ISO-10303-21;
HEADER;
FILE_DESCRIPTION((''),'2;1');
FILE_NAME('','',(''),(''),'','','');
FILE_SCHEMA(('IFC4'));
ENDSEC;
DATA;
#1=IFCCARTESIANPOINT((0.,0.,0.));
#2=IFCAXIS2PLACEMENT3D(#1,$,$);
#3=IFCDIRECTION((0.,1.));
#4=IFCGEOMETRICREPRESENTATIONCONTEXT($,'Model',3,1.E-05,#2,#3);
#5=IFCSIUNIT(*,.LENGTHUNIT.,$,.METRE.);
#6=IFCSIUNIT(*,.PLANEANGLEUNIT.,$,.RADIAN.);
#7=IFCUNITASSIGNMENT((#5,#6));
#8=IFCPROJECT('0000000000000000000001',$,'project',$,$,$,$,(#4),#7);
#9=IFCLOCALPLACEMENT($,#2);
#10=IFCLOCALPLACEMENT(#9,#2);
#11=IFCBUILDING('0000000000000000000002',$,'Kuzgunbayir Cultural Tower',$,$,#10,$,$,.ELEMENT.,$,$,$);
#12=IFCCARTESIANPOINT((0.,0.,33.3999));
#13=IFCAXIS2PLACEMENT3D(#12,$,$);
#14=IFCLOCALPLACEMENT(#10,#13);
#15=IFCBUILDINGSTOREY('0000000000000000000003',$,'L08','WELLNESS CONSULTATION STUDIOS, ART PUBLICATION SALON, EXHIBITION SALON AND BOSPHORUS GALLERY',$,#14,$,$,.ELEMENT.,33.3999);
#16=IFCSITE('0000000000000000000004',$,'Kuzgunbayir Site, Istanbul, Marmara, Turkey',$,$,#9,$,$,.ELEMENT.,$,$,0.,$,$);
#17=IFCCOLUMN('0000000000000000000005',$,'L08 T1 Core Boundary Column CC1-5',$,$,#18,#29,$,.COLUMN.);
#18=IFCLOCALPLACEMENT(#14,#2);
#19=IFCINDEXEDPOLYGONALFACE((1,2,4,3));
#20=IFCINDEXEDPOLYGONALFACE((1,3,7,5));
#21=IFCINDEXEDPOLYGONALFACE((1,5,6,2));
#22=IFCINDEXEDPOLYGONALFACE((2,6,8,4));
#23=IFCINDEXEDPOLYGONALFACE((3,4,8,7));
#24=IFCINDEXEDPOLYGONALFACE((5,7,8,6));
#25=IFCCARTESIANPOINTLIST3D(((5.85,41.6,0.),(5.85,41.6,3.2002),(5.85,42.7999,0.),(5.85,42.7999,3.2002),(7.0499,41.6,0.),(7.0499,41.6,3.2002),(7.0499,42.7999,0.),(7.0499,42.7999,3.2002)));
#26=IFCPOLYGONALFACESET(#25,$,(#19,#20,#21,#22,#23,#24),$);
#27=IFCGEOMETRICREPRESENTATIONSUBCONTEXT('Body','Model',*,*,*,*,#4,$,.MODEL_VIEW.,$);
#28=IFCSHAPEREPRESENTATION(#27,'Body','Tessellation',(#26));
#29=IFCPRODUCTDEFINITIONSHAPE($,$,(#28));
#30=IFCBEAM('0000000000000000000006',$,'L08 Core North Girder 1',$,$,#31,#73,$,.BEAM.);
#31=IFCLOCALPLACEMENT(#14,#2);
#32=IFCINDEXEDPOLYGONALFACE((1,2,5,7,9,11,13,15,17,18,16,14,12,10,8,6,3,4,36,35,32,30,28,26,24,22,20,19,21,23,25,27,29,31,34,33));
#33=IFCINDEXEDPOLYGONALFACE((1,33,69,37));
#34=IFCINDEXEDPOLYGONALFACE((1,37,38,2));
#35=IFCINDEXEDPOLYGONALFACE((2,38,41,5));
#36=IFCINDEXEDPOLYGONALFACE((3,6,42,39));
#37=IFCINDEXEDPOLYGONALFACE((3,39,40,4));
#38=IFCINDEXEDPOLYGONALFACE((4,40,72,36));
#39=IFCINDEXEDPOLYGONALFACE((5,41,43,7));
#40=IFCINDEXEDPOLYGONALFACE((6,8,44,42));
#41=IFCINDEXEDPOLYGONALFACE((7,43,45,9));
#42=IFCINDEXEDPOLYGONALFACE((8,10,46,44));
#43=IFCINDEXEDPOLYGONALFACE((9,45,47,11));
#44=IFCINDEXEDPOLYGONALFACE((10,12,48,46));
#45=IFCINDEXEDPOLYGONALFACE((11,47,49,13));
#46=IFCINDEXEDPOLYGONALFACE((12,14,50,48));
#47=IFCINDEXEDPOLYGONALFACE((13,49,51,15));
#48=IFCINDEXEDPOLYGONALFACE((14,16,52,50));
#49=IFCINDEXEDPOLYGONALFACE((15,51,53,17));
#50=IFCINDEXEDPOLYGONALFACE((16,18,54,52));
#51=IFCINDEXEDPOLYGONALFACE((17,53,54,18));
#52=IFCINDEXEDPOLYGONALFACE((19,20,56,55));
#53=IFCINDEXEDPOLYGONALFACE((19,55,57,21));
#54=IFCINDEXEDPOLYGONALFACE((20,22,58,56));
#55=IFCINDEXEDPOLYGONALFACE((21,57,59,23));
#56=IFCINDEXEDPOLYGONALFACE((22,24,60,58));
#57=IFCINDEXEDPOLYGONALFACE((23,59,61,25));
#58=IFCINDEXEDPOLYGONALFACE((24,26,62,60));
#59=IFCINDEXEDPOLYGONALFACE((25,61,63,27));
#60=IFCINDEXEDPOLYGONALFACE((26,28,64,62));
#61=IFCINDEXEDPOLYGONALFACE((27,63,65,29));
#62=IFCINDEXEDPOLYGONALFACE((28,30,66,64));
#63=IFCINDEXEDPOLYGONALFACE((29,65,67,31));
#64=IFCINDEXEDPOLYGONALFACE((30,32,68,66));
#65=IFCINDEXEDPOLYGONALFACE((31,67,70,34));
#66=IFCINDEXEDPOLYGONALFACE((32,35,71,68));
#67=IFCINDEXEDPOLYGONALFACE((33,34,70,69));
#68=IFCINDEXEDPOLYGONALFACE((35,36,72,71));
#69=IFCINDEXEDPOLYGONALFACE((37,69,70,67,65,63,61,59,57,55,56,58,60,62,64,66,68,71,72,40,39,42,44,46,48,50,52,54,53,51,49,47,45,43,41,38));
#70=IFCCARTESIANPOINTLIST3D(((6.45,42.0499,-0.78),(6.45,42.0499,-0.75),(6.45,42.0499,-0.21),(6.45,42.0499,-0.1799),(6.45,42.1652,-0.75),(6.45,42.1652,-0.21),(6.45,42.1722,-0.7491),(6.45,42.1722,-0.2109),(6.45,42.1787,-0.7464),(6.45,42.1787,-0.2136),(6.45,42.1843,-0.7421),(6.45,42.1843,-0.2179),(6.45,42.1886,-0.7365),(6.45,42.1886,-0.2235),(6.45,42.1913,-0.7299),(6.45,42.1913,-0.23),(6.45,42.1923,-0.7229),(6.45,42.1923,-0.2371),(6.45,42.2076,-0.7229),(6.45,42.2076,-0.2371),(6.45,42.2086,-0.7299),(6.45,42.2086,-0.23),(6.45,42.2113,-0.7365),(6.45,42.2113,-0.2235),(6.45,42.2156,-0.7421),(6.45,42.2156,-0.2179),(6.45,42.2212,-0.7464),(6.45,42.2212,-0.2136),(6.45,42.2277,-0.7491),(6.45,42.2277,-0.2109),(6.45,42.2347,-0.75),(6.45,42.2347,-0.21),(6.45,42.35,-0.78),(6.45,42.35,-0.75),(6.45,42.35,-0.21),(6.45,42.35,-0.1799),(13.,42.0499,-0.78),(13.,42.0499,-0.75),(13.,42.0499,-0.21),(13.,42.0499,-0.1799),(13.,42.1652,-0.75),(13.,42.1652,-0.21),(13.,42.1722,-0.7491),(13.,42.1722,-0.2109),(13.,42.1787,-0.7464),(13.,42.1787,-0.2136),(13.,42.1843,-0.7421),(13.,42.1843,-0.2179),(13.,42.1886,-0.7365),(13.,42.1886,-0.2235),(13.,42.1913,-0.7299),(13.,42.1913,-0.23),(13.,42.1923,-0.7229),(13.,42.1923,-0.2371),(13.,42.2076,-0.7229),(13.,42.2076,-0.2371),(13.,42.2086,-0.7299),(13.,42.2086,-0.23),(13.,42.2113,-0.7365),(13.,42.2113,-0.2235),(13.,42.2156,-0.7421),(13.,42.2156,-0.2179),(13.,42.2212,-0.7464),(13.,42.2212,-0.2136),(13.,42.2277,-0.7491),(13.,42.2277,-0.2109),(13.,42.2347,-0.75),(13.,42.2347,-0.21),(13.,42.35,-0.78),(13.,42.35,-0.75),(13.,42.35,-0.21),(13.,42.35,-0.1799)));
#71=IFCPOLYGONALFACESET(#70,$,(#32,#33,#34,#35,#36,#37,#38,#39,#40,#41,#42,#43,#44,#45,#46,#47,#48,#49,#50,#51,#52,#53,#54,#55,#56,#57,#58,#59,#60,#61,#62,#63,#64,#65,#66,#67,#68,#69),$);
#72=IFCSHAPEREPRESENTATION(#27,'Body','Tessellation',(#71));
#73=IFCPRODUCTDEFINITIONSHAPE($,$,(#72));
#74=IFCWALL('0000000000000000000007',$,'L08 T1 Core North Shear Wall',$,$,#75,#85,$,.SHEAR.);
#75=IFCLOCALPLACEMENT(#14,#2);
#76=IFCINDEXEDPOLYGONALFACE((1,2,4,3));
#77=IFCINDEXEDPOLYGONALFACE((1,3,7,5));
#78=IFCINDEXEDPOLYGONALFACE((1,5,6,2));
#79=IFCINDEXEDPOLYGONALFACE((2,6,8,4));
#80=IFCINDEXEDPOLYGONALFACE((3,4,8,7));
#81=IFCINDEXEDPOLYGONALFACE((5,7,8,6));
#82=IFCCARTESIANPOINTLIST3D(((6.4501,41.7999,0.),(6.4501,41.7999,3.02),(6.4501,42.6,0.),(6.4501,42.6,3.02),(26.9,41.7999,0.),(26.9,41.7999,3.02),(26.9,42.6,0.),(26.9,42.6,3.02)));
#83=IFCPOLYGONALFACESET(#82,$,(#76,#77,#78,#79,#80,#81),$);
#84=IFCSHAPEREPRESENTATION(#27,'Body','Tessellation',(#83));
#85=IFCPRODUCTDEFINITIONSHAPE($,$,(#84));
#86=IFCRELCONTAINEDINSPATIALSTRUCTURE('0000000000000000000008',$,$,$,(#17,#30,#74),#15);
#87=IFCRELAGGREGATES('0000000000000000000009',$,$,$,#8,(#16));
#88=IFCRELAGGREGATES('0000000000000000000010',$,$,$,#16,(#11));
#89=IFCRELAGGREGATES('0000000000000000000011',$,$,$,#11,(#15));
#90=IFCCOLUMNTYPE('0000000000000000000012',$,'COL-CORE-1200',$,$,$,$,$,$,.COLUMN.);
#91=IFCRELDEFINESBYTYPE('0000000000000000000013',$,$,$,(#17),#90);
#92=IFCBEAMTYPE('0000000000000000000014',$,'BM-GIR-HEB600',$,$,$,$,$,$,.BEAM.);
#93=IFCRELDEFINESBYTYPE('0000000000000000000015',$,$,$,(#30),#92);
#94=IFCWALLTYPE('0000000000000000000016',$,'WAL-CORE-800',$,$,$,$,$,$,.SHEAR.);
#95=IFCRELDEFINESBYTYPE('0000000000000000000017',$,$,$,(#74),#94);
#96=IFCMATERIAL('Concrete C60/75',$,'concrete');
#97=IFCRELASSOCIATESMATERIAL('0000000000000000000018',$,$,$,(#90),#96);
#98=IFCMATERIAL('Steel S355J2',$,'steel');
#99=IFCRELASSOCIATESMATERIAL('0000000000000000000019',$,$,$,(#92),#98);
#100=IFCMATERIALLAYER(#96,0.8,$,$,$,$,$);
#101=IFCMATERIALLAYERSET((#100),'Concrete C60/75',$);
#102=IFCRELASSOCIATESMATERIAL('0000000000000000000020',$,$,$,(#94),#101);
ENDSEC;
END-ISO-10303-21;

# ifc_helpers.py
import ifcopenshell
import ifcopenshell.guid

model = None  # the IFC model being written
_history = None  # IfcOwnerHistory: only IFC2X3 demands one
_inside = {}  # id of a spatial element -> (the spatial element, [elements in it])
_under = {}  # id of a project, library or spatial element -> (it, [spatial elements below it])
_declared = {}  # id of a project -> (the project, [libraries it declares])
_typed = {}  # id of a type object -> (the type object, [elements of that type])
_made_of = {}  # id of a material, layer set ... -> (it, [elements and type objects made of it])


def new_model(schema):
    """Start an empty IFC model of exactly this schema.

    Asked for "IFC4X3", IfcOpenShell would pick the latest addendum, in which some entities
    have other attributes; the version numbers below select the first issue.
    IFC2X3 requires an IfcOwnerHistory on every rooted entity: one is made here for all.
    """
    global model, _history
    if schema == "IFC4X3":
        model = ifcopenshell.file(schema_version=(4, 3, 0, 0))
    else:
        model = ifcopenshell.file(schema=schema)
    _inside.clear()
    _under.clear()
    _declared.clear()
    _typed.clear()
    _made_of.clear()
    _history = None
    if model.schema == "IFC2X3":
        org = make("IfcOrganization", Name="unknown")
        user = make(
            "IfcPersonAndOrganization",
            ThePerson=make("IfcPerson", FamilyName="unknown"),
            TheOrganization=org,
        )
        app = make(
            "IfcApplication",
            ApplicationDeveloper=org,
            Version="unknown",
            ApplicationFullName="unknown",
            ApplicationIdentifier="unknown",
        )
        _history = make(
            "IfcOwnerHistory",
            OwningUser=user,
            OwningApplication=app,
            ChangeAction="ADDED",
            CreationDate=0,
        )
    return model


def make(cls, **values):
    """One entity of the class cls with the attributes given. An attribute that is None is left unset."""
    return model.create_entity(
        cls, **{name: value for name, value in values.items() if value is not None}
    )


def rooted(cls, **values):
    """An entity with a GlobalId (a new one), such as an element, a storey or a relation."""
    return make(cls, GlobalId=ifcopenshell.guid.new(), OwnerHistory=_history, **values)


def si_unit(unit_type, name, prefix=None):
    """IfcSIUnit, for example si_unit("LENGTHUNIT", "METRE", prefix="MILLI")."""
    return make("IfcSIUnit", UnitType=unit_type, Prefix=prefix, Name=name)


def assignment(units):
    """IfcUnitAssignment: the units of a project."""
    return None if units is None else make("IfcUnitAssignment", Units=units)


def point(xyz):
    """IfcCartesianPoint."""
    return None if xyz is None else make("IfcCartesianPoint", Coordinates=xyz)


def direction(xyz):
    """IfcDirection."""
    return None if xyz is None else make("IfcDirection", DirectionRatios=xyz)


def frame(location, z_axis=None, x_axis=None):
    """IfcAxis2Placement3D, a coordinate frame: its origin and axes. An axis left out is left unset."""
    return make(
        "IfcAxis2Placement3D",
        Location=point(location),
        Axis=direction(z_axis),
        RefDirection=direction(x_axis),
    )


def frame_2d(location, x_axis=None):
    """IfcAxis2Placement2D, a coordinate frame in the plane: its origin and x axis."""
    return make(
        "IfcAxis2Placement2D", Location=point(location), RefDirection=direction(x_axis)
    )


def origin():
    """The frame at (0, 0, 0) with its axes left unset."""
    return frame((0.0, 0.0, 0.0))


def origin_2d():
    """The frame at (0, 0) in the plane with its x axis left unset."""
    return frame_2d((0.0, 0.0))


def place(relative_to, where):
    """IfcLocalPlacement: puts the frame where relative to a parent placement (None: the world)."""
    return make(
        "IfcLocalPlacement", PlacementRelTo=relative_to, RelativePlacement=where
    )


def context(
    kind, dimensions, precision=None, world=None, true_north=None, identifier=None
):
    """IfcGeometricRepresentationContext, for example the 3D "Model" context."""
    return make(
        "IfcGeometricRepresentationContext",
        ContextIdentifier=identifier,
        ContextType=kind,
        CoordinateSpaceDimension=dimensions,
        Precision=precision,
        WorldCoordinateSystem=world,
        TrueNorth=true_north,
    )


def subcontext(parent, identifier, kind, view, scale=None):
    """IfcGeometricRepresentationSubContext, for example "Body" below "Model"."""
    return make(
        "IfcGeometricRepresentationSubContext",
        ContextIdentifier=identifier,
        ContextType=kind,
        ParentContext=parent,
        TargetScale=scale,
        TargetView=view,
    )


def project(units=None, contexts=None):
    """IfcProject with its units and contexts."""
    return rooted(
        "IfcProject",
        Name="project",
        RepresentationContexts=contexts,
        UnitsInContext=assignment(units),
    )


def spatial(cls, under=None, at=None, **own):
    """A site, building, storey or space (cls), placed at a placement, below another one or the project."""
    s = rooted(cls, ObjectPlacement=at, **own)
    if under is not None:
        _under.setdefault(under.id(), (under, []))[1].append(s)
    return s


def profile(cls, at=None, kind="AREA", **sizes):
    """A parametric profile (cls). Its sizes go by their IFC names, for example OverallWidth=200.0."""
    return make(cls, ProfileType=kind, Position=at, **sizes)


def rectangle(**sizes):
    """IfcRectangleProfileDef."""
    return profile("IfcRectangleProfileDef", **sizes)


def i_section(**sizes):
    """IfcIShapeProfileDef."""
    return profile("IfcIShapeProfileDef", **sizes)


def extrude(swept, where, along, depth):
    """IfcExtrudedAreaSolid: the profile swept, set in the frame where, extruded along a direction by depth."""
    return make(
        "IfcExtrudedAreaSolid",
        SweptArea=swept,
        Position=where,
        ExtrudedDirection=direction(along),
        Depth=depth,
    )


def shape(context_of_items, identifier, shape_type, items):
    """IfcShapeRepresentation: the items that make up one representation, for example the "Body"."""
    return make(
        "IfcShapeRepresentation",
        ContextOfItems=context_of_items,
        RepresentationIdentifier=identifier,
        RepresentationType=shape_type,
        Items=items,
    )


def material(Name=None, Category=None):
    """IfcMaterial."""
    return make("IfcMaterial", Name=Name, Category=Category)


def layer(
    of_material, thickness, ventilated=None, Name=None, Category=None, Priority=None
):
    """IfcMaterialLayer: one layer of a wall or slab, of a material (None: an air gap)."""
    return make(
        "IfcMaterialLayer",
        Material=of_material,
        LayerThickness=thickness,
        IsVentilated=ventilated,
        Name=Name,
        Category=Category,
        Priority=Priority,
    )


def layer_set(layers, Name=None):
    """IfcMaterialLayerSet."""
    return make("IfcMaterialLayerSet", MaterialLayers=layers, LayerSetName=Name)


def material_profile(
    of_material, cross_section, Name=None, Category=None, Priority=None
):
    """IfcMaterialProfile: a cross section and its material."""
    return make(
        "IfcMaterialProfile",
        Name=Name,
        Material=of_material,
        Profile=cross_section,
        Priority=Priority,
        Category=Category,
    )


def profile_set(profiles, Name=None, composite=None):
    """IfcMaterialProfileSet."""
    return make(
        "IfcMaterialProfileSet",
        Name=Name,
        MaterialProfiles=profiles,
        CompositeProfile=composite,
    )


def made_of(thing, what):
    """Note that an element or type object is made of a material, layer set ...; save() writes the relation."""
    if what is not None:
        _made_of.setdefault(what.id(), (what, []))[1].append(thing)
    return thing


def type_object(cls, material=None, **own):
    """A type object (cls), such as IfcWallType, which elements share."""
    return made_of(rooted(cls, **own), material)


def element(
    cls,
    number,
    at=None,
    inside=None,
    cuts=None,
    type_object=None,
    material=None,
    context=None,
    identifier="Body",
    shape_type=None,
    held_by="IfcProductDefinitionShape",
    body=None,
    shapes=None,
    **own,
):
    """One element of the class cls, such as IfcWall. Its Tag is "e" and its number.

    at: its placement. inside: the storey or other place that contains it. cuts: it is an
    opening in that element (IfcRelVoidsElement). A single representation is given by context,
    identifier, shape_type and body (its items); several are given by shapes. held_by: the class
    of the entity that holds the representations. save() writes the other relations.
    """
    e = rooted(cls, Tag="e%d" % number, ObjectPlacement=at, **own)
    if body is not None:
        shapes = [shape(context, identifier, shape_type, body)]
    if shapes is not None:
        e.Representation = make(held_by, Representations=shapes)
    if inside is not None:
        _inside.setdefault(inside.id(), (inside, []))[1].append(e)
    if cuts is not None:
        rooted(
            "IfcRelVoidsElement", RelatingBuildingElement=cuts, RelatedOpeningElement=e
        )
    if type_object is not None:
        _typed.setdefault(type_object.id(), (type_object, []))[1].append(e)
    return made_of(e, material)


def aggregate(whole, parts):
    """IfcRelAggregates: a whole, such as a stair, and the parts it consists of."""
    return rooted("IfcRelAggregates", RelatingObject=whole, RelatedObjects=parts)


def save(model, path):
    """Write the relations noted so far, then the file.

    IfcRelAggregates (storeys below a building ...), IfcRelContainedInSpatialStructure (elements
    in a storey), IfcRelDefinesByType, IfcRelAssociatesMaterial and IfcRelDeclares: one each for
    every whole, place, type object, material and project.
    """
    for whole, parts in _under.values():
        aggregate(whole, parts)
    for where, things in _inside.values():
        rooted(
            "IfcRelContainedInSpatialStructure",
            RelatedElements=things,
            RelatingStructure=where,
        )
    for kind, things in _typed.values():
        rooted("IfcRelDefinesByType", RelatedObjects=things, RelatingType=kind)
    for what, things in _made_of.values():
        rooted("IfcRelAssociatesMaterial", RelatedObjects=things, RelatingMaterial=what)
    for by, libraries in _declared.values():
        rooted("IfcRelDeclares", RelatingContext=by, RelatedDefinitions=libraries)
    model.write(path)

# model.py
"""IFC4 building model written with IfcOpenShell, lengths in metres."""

from ifc_helpers import new_model, si_unit, direction, frame, frame_2d, origin, origin_2d, place, context, subcontext, project, spatial, rectangle, i_section, extrude, material, layer, layer_set, material_profile, profile_set, type_object, element, save


model = new_model("IFC4")

# Units and contexts
model_context = context("Model", 3, precision=1e-05, world=origin(), true_north=direction((0.0, 1.0)))
body_context = subcontext(model_context, "Body", "Model", "MODEL_VIEW")
ifc_project = project(units=[si_unit("LENGTHUNIT", "METRE"), si_unit("PLANEANGLEUNIT", "RADIAN")], contexts=[model_context])

# Site, building, storey
site_placement = place(None, origin())
site = spatial("IfcSite", under=ifc_project, at=site_placement, Name="Kuzgunbayir Site, Istanbul, Marmara, Turkey", CompositionType="ELEMENT", RefElevation=0.0)
building_placement = place(site_placement, origin())
building = spatial("IfcBuilding", under=site, at=building_placement, Name="Kuzgunbayir Cultural Tower", CompositionType="ELEMENT")
storey_placement = place(building_placement, frame((0.0, 0.0, 33.3999)))
storey = spatial("IfcBuildingStorey", under=building, at=storey_placement, Name="L08", Description="WELLNESS CONSULTATION STUDIOS, ART PUBLICATION SALON, EXHIBITION SALON AND BOSPHORUS GALLERY", CompositionType="ELEMENT", Elevation=33.3999)

# Column
ifc_material_1 = material(Name="Concrete C60/75", Category="concrete")
ifc_material_profile_1 = material_profile(ifc_material_1, rectangle(XDim=1.2, YDim=1.2, at=origin_2d()), Name="RC 1200x1200")
ifc_profile_set_1 = profile_set([ifc_material_profile_1], Name="Concrete C60/75")
column_type = type_object("IfcColumnType", Name="COL-CORE-1200", PredefinedType="COLUMN", material=ifc_profile_set_1)
column_placement = place(storey_placement, frame((6.45, 42.2, 0.0), z_axis=(0.0, 0.0, 1.0), x_axis=(1.0, 0.0, 0.0)))
element("IfcColumn", 1, at=column_placement, inside=storey, type_object=column_type, Name="L08 T1 Core Boundary Column CC1-5", PredefinedType="COLUMN", context=body_context, shape_type="SweptSolid", body=[
    extrude(rectangle(XDim=1.2, YDim=1.2, at=origin_2d()), origin(), (0.0, 0.0, 1.0), 3.2002),
])

# Beam
ifc_material_2 = material(Name="Steel S355J2", Category="steel")
ifc_material_profile_2 = material_profile(ifc_material_2, i_section(OverallWidth=0.3, OverallDepth=0.6001, WebThickness=0.0154, FlangeThickness=0.03, FilletRadius=0.0271, at=origin_2d()), Name="HEB 600")
ifc_profile_set_2 = profile_set([ifc_material_profile_2], Name="Steel S355J2")
beam_type = type_object("IfcBeamType", Name="BM-GIR-HEB600", PredefinedType="BEAM", material=ifc_profile_set_2)
beam_placement = place(storey_placement, frame((6.45, 42.2, -0.48), z_axis=(1.0, 0.0, 0.0), x_axis=(0.0, 1.0, 0.0)))
element("IfcBeam", 2, at=beam_placement, inside=storey, type_object=beam_type, Name="L08 Core North Girder 1", PredefinedType="BEAM", context=body_context, shape_type="SweptSolid", body=[
    extrude(i_section(OverallWidth=0.3, OverallDepth=0.6001, WebThickness=0.0154, FlangeThickness=0.03, FilletRadius=0.0271, at=origin_2d()), origin(), (0.0, 0.0, 1.0), 6.55),
])

# Wall
ifc_layer_1 = layer(ifc_material_1, 0.8)
ifc_layer_set_1 = layer_set([ifc_layer_1], Name="Concrete C60/75")
wall_type_1 = type_object("IfcWallType", Name="WAL-CORE-800", PredefinedType="SHEAR", material=ifc_layer_set_1)
wall_1_placement = place(storey_placement, frame((6.45, 42.2, 0.0), z_axis=(0.0, 0.0, 1.0), x_axis=(1.0, 0.0, 0.0)))
element("IfcWall", 3, at=wall_1_placement, inside=storey, type_object=wall_type_1, Name="L08 T1 Core North Shear Wall", PredefinedType="SHEAR", context=body_context, shape_type="SweptSolid", body=[
    extrude(rectangle(XDim=20.45, YDim=0.8, at=frame_2d((10.2251, 0.0))), origin(), (0.0, 0.0, 1.0), 3.02),
])

save(model, "model.ifc")
